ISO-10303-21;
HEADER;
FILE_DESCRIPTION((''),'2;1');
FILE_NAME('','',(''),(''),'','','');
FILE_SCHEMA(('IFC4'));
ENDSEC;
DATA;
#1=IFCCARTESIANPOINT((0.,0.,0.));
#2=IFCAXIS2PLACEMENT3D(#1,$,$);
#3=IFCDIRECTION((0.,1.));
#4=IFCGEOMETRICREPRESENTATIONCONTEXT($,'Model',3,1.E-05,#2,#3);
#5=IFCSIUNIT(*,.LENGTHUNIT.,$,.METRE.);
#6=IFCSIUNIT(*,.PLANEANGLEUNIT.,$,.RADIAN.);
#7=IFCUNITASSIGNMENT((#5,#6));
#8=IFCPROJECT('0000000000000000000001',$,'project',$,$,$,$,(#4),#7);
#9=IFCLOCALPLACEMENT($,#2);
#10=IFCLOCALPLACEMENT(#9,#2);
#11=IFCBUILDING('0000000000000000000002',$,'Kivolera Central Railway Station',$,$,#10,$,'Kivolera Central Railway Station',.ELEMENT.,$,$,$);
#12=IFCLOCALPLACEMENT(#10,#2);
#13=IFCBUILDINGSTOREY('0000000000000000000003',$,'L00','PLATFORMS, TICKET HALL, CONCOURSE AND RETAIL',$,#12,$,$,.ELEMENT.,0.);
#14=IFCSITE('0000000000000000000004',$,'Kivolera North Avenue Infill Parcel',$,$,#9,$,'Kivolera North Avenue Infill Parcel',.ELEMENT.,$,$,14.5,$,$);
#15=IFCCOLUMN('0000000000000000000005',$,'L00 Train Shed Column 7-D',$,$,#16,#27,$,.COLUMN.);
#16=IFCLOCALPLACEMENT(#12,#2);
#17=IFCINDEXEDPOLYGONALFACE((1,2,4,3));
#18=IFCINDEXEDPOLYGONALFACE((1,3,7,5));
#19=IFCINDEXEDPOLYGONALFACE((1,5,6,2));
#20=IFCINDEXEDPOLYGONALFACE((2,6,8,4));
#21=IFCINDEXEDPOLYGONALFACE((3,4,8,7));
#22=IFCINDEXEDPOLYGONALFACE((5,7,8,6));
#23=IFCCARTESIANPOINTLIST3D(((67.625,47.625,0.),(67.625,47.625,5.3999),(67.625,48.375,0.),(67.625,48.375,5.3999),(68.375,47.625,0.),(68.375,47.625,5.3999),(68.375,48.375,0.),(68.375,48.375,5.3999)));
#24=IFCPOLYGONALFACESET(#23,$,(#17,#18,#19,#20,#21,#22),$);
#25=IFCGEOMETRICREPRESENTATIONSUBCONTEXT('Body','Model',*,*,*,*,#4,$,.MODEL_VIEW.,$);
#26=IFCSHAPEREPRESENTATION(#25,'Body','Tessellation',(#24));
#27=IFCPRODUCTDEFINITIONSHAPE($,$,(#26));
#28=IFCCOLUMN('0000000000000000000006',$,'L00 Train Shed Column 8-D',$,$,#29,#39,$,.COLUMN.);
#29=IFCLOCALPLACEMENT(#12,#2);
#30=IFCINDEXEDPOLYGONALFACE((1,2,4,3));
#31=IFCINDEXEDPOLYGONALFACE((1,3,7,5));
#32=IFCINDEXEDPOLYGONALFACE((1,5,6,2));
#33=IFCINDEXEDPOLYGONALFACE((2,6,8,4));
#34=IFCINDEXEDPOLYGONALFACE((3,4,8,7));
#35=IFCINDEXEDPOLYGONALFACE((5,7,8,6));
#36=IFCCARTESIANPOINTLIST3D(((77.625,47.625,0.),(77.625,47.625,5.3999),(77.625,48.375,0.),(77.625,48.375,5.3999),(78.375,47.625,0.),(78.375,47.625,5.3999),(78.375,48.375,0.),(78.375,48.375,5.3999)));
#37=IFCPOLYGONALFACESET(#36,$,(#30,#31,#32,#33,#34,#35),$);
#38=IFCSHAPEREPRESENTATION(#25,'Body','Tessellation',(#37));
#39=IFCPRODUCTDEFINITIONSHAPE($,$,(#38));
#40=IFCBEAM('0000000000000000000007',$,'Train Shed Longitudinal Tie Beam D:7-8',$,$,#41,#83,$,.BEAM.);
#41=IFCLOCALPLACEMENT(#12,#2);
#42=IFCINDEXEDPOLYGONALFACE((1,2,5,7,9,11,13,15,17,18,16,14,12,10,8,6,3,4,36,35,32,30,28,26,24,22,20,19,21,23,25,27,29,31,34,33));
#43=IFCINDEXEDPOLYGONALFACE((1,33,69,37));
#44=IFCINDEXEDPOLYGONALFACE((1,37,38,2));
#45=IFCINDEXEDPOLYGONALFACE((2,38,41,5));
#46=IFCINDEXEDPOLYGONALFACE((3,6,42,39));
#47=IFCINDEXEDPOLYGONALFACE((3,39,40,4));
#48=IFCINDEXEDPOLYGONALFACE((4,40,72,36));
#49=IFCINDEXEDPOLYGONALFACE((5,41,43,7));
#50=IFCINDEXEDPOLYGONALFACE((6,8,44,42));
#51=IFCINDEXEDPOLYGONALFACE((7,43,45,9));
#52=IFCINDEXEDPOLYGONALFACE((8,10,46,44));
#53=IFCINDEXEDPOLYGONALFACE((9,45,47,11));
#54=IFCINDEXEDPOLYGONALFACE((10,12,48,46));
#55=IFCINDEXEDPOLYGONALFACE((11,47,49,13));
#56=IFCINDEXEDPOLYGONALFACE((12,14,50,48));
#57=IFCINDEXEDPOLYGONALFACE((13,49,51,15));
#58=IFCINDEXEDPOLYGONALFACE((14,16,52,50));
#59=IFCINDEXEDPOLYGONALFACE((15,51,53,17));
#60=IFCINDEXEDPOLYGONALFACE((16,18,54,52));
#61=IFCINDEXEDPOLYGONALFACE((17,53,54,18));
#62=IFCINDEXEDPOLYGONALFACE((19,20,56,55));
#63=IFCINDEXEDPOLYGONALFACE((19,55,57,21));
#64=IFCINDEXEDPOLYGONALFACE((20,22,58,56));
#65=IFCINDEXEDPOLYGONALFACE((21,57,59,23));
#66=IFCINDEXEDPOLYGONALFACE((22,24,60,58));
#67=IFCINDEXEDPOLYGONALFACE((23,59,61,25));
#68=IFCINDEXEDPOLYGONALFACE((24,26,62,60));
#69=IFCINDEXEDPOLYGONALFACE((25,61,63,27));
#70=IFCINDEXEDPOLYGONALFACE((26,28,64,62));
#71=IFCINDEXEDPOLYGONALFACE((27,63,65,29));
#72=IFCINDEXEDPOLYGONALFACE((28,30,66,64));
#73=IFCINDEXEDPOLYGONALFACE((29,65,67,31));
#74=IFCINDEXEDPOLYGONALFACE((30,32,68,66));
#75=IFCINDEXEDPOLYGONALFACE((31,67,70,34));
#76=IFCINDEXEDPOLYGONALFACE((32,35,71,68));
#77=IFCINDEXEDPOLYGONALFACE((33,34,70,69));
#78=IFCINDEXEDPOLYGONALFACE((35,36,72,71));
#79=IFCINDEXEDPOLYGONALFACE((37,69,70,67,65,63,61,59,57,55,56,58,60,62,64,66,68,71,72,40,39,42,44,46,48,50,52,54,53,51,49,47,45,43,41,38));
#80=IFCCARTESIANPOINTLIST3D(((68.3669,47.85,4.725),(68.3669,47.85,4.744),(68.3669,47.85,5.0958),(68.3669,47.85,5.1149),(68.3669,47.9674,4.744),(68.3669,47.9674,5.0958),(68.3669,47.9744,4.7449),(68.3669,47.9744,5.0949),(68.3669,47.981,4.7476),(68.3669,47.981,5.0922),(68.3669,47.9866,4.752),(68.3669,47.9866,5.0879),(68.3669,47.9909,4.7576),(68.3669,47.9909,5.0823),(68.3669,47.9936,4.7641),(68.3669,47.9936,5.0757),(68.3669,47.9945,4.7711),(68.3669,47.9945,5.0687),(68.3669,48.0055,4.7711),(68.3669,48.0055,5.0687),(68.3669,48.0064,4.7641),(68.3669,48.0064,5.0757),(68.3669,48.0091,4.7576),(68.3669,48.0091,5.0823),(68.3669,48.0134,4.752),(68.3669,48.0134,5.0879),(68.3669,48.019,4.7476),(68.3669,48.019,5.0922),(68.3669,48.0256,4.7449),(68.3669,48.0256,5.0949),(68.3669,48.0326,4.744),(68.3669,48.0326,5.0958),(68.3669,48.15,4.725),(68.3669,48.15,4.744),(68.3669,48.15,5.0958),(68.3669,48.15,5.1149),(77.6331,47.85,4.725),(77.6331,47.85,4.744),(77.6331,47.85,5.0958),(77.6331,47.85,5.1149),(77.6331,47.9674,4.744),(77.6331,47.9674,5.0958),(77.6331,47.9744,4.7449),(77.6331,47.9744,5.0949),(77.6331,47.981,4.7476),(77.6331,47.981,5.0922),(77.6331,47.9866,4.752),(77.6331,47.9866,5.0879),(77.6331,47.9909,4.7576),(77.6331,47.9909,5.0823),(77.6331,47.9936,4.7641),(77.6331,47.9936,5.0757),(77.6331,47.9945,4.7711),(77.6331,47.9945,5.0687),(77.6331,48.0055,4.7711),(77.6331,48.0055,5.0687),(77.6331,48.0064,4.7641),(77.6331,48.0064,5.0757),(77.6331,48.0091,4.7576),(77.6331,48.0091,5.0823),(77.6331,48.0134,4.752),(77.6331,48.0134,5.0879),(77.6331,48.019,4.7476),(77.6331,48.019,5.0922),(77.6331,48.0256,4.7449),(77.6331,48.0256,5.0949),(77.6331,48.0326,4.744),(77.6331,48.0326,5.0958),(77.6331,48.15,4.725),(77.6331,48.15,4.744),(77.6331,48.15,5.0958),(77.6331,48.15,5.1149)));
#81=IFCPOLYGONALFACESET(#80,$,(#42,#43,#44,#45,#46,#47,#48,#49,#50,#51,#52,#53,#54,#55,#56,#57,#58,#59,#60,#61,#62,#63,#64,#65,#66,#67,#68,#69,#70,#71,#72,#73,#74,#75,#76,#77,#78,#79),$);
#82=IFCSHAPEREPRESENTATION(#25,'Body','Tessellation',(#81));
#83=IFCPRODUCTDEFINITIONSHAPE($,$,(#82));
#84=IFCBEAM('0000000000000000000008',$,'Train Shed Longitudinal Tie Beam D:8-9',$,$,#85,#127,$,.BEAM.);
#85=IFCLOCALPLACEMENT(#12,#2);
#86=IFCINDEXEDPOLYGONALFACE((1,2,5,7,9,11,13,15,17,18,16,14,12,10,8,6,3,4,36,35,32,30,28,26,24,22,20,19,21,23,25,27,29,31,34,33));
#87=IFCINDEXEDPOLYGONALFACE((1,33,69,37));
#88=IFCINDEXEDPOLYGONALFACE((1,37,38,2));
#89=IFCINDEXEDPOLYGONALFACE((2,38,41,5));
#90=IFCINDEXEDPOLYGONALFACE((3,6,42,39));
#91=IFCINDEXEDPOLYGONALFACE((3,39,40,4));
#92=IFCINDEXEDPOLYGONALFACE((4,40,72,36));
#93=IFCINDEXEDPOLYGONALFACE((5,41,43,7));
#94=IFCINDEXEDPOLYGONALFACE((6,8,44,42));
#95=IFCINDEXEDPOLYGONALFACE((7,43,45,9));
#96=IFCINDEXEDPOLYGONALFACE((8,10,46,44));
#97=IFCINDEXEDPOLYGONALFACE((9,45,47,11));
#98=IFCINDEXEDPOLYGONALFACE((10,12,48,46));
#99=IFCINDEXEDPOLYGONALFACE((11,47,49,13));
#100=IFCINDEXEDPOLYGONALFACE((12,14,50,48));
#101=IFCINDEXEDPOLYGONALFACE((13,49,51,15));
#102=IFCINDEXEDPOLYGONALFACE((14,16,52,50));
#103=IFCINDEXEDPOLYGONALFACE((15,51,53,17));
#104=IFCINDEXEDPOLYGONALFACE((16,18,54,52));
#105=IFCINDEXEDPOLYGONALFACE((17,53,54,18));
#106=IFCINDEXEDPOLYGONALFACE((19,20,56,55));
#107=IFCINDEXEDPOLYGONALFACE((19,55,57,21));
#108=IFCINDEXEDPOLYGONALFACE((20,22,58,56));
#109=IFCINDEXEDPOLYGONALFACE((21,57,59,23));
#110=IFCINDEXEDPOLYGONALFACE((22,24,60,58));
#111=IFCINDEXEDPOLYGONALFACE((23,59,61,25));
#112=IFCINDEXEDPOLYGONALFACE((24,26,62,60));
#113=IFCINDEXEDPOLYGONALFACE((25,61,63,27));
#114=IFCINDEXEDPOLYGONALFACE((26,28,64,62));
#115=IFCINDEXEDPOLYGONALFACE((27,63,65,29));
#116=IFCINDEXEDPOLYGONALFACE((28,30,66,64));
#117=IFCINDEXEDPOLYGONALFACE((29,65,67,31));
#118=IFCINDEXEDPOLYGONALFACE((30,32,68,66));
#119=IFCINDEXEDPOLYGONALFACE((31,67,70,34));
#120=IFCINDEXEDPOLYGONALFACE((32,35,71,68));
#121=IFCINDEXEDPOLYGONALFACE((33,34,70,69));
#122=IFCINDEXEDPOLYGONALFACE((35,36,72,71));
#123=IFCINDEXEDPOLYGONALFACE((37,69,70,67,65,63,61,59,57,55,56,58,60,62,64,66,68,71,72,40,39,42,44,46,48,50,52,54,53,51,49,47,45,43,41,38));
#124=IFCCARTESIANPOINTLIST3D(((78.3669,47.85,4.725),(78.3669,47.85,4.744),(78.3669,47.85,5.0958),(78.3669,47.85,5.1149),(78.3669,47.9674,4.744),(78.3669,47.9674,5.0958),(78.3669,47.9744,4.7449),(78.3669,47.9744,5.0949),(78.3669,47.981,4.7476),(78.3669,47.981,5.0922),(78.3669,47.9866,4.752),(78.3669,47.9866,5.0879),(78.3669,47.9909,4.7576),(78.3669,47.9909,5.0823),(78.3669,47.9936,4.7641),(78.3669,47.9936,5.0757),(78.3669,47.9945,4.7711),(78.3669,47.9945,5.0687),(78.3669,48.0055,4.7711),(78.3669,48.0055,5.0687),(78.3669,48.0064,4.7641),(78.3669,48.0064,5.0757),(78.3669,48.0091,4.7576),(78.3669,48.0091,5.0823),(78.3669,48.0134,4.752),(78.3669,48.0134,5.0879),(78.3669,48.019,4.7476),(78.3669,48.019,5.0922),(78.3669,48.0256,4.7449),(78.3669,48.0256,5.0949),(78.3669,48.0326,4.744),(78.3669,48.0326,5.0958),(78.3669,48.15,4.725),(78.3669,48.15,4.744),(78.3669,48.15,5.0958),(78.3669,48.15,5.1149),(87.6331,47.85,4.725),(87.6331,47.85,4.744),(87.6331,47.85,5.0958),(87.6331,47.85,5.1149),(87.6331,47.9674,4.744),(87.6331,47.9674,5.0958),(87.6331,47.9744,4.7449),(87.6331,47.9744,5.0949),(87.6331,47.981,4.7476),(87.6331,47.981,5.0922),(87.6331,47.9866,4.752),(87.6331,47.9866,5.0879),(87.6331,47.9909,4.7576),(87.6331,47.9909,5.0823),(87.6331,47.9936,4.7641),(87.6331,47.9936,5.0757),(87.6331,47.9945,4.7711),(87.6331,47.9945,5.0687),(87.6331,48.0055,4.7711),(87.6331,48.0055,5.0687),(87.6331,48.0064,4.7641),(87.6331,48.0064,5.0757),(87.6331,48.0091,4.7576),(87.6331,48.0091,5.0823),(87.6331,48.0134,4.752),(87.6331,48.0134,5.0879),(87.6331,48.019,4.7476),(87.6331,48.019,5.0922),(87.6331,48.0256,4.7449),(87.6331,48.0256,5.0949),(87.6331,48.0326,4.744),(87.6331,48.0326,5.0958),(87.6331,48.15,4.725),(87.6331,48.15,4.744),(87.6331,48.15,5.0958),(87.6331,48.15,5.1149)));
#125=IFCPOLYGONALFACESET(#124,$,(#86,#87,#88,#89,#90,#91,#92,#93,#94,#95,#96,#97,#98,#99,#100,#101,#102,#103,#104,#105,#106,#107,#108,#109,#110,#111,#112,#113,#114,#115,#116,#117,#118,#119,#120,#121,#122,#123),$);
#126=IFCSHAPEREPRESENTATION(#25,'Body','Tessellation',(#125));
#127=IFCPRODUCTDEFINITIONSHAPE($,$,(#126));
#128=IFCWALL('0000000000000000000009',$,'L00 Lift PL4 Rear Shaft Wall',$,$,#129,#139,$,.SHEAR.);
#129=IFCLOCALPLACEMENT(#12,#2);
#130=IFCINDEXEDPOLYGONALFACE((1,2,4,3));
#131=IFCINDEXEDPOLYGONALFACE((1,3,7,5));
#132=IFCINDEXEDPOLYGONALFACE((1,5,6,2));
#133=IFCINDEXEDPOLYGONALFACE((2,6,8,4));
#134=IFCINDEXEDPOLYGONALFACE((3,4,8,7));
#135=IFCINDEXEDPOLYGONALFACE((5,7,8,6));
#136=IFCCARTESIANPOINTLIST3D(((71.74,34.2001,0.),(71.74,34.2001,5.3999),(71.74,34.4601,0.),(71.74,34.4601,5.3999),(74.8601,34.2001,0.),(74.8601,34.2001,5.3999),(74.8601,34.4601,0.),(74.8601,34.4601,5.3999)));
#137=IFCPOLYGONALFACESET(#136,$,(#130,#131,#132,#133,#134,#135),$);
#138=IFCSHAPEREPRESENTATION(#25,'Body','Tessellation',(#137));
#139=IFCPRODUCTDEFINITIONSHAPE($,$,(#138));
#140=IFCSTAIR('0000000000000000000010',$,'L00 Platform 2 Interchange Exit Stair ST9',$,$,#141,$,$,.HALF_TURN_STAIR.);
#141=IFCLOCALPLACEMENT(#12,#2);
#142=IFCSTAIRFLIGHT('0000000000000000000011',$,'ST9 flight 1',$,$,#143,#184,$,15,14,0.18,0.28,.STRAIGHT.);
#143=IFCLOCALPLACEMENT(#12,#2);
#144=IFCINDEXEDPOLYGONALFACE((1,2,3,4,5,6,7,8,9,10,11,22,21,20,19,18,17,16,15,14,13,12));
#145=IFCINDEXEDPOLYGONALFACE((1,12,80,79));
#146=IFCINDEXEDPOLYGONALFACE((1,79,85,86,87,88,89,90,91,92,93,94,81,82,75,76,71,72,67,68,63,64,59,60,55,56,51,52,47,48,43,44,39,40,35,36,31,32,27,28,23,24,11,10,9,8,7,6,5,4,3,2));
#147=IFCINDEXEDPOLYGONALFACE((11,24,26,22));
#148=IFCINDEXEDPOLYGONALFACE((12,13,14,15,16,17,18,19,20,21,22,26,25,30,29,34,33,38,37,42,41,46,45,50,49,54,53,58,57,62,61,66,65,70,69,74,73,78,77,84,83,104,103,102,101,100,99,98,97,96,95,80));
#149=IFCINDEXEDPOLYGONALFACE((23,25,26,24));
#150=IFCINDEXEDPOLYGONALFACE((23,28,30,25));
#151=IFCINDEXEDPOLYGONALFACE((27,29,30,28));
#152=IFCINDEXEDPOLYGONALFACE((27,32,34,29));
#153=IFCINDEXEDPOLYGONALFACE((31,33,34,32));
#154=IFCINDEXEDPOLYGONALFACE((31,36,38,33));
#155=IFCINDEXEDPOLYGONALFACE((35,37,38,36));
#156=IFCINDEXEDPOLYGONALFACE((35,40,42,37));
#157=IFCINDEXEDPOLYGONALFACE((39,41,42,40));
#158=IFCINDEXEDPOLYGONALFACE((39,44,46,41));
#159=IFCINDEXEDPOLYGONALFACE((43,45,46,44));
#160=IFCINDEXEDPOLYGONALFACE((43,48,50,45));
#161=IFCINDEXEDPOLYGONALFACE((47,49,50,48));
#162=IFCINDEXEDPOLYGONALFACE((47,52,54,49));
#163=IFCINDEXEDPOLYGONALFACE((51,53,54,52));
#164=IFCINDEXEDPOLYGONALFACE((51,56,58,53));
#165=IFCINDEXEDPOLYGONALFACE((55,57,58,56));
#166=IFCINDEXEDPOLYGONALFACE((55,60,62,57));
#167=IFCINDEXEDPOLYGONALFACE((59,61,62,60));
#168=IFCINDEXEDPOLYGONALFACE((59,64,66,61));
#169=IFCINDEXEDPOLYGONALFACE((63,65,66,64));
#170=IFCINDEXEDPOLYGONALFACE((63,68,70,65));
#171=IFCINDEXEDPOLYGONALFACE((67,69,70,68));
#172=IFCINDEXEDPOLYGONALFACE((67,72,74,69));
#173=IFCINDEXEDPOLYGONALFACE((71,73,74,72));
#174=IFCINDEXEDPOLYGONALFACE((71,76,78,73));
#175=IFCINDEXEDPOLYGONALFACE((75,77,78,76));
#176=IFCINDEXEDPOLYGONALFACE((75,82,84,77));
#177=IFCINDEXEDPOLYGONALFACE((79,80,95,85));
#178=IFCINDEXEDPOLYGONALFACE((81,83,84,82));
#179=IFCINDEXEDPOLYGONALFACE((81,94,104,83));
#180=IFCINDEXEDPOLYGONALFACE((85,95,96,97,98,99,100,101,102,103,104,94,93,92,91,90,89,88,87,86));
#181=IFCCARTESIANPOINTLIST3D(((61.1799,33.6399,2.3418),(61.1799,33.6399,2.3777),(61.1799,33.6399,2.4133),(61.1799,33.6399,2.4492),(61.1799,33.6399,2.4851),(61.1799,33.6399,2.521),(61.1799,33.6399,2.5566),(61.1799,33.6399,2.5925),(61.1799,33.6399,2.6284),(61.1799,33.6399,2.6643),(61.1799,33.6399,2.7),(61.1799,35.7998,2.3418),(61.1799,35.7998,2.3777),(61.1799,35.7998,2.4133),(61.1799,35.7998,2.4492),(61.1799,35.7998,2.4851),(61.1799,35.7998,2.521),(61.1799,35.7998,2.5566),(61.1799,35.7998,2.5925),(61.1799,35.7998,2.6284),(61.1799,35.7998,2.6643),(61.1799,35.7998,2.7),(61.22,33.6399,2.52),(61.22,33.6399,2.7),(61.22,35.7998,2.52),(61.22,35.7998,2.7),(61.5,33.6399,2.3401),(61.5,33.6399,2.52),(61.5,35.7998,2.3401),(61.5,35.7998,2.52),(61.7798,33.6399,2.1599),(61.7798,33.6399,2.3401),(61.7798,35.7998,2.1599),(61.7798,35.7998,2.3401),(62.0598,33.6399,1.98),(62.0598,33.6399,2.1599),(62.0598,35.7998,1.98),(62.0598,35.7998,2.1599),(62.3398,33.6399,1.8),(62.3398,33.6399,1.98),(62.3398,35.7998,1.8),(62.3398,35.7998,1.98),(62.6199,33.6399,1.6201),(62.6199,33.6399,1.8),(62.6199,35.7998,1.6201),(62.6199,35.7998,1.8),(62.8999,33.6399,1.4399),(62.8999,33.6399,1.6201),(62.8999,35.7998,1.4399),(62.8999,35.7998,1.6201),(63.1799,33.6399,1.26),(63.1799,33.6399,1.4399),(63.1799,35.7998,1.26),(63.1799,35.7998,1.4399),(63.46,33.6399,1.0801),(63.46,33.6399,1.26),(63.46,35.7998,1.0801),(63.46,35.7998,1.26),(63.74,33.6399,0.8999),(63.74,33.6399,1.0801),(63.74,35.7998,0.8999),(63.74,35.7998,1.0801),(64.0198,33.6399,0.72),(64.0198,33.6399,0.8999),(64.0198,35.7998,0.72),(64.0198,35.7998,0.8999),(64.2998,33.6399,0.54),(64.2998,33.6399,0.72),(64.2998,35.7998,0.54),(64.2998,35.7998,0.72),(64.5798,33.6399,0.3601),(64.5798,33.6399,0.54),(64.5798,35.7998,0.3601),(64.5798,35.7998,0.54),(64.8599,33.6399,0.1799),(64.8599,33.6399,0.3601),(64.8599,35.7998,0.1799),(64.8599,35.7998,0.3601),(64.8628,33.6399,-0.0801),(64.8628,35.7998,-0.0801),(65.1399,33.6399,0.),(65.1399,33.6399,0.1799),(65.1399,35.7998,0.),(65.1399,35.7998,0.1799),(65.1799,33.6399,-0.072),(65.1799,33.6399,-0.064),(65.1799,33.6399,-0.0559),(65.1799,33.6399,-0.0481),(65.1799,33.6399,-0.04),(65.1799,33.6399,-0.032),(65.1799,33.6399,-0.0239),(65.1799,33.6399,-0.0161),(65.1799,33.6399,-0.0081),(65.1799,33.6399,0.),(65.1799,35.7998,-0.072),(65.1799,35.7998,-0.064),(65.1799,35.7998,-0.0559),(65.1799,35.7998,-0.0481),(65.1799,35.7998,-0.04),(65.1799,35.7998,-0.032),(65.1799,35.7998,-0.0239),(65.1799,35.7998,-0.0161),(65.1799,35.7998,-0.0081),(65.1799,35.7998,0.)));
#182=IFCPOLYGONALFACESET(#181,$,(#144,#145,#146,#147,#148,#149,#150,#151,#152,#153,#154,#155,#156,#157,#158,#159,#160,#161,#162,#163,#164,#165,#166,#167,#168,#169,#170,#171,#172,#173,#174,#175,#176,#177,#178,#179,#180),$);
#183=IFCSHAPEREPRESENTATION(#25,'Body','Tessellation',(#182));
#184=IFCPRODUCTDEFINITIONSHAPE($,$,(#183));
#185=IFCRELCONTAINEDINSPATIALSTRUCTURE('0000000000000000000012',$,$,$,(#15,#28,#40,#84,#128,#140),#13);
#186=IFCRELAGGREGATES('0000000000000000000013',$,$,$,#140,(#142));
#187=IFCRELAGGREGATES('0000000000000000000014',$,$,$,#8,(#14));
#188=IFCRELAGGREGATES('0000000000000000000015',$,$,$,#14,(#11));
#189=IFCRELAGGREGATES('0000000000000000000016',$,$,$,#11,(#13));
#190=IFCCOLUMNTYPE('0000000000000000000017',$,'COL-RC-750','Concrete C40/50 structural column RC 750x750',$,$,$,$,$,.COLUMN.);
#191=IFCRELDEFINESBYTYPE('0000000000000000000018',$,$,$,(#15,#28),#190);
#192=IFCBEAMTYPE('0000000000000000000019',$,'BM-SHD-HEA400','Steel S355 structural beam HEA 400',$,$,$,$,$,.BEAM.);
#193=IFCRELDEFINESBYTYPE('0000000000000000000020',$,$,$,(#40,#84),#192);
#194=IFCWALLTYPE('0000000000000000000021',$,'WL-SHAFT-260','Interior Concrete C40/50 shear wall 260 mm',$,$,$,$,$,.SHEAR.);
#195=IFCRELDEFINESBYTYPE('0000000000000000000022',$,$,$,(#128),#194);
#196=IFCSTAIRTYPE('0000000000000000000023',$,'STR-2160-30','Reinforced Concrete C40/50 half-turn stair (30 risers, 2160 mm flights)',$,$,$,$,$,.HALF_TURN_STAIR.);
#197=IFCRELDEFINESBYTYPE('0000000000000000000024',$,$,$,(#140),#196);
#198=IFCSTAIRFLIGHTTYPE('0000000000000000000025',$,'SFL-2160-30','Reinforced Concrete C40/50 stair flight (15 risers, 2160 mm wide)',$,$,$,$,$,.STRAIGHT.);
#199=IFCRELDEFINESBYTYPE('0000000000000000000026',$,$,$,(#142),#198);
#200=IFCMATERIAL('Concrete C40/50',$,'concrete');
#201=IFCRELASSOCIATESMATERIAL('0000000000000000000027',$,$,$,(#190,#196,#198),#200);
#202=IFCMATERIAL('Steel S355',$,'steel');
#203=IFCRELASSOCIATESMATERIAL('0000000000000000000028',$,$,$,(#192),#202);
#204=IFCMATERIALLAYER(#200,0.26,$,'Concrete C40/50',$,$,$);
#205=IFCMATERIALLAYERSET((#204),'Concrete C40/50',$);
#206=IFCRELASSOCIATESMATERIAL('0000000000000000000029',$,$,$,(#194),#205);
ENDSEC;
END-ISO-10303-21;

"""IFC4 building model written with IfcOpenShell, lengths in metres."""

from ifc_helpers import new_model, si_unit, direction, frame, frame_2d, origin, origin_2d, place, context, subcontext, project, spatial, polyline, rectangle, i_section, outline, extrude, material, layer, layer_set, material_profile, profile_set, type_object, element, aggregate, save


model = new_model("IFC4")

# Units and contexts
model_context = context("Model", 3, precision=1e-05, world=origin(), true_north=direction((0.0, 1.0)))
body_context = subcontext(model_context, "Body", "Model", "MODEL_VIEW")
ifc_project = project(units=[si_unit("LENGTHUNIT", "METRE"), si_unit("PLANEANGLEUNIT", "RADIAN")], contexts=[model_context])

# Site, building, storey
site_placement = place(None, origin())
site = spatial("IfcSite", under=ifc_project, at=site_placement, Name="Kivolera North Avenue Infill Parcel", LongName="Kivolera North Avenue Infill Parcel", CompositionType="ELEMENT", RefElevation=14.5)
building_placement = place(site_placement, origin())
building = spatial("IfcBuilding", under=site, at=building_placement, Name="Kivolera Central Railway Station", LongName="Kivolera Central Railway Station", CompositionType="ELEMENT")
storey_placement = place(building_placement, origin())
storey = spatial("IfcBuildingStorey", under=building, at=storey_placement, Name="L00", Description="PLATFORMS, TICKET HALL, CONCOURSE AND RETAIL", CompositionType="ELEMENT", Elevation=0.0)

# Columns
ifc_material_1 = material(Name="Concrete C40/50", Category="concrete")
ifc_material_profile_1 = material_profile(ifc_material_1, rectangle(XDim=0.75, YDim=0.75, at=origin_2d()), Name="RC 750x750")
ifc_profile_set_1 = profile_set([ifc_material_profile_1], Name="Concrete C40/50")
column_type = type_object("IfcColumnType", Name="COL-RC-750", Description="Concrete C40/50 structural column RC 750x750", PredefinedType="COLUMN", material=ifc_profile_set_1)
for number, where, z_axis, x_axis, name in (
    (1, (68.0, 48.0, 0.0), (0.0, 0.0, 1.0), (1.0, 0.0, 0.0), "L00 Train Shed Column 7-D"),
    (2, (78.0, 48.0, 0.0), (0.0, 0.0, 1.0), (1.0, 0.0, 0.0), "L00 Train Shed Column 8-D"),
):
    element("IfcColumn", number, at=place(storey_placement, frame(where, z_axis=z_axis, x_axis=x_axis)), inside=storey, type_object=column_type, Name=name, PredefinedType="COLUMN", context=body_context, shape_type="SweptSolid", body=[
        extrude(rectangle(XDim=0.75, YDim=0.75, at=origin_2d()), origin(), (0.0, 0.0, 1.0), 5.3999),
    ])

# Beams
ifc_material_2 = material(Name="Steel S355", Category="steel")
ifc_material_profile_2 = material_profile(ifc_material_2, i_section(OverallWidth=0.3, OverallDepth=0.3899, WebThickness=0.011, FlangeThickness=0.019, FilletRadius=0.0271, at=origin_2d()), Name="HEA 400")
ifc_profile_set_2 = profile_set([ifc_material_profile_2], Name="Steel S355")
beam_type = type_object("IfcBeamType", Name="BM-SHD-HEA400", Description="Steel S355 structural beam HEA 400", PredefinedType="BEAM", material=ifc_profile_set_2)
for number, where, z_axis, x_axis, name in (
    (3, (68.3669, 48.0, 4.9199), (1.0, 0.0, 0.0), (0.0, 1.0, 0.0), "Train Shed Longitudinal Tie Beam D:7-8"),
    (4, (78.3669, 48.0, 4.9199), (1.0, 0.0, 0.0), (0.0, 1.0, 0.0), "Train Shed Longitudinal Tie Beam D:8-9"),
):
    element("IfcBeam", number, at=place(storey_placement, frame(where, z_axis=z_axis, x_axis=x_axis)), inside=storey, type_object=beam_type, Name=name, PredefinedType="BEAM", context=body_context, shape_type="SweptSolid", body=[
        extrude(i_section(OverallWidth=0.3, OverallDepth=0.3899, WebThickness=0.011, FlangeThickness=0.019, FilletRadius=0.0271, at=origin_2d()), origin(), (0.0, 0.0, 1.0), 9.2661),
    ])

# Wall
ifc_layer_1 = layer(ifc_material_1, 0.26, Name="Concrete C40/50")
ifc_layer_set_1 = layer_set([ifc_layer_1], Name="Concrete C40/50")
wall_type_1 = type_object("IfcWallType", Name="WL-SHAFT-260", Description="Interior Concrete C40/50 shear wall 260 mm", PredefinedType="SHEAR", material=ifc_layer_set_1)
wall_1_placement = place(storey_placement, frame((71.74, 34.3301, 0.0), z_axis=(0.0, 0.0, 1.0), x_axis=(1.0, 0.0, 0.0)))
element("IfcWall", 5, at=wall_1_placement, inside=storey, type_object=wall_type_1, Name="L00 Lift PL4 Rear Shaft Wall", PredefinedType="SHEAR", context=body_context, shape_type="SweptSolid", body=[
    extrude(rectangle(XDim=3.1201, YDim=0.26, at=frame_2d((1.5601, 0.0))), origin(), (0.0, 0.0, 1.0), 5.3999),
])

# Stair, stair flight
stair_type = type_object("IfcStairType", Name="STR-2160-30", Description="Reinforced Concrete C40/50 half-turn stair (30 risers, 2160 mm flights)", PredefinedType="HALF_TURN_STAIR", material=ifc_material_1)
stair_placement = place(storey_placement, origin())
stair = element("IfcStair", 6, at=stair_placement, inside=storey, type_object=stair_type, Name="L00 Platform 2 Interchange Exit Stair ST9", PredefinedType="HALF_TURN_STAIR")
stair_flight_type = type_object("IfcStairFlightType", Name="SFL-2160-30", Description="Reinforced Concrete C40/50 stair flight (15 risers, 2160 mm wide)", PredefinedType="STRAIGHT", material=ifc_material_1)
stair_flight_placement = place(storey_placement, frame((65.1399, 34.72, 0.0), z_axis=(0.0, 0.0, 1.0), x_axis=(-1.0, 0.0, 0.0)))
stair_flight = element("IfcStairFlight", 7, at=stair_flight_placement, type_object=stair_flight_type, Name="ST9 flight 1", NumberOfRisers=15, NumberOfTreads=14, PredefinedType="STRAIGHT", RiserHeight=0.18, TreadLength=0.28, context=body_context, shape_type="SweptSolid", body=[
    extrude(outline(polyline([(-0.04, 0.0), (0.0, 0.0), (0.0, 0.1799), (0.28, 0.1799), (0.28, 0.3601), (0.5601, 0.3601), (0.5601, 0.54), (0.8401, 0.54), (0.8401, 0.72), (1.1201, 0.72), (1.1201, 0.8999), (1.3999, 0.8999), (1.3999, 1.0801), (1.6799, 1.0801), (1.6799, 1.26), (1.96, 1.26), (1.96, 1.4399), (2.24, 1.4399), (2.24, 1.6201), (2.52, 1.6201), (2.52, 1.8), (2.8, 1.8), (2.8, 1.98), (3.0801, 1.98), (3.0801, 2.1599), (3.3601, 2.1599), (3.3601, 2.3401), (3.6399, 2.3401), (3.6399, 2.52), (3.9199, 2.52), (3.9199, 2.7), (3.96, 2.7), (3.96, 2.6643), (3.96, 2.6284), (3.96, 2.5925), (3.96, 2.5566), (3.96, 2.521), (3.96, 2.4851), (3.96, 2.4492), (3.96, 2.4133), (3.96, 2.3777), (3.96, 2.3418), (0.2771, -0.0801), (-0.04, -0.072), (-0.04, -0.064), (-0.04, -0.0559), (-0.04, -0.0481), (-0.04, -0.04), (-0.04, -0.032), (-0.04, -0.0239), (-0.04, -0.0161), (-0.04, -0.0081), (-0.04, 0.0)])), frame((0.0, 1.0801, 0.0), z_axis=(0.0, -1.0, 0.0), x_axis=(1.0, 0.0, 0.0)), (0.0, 0.0, 1.0), 2.1599),
])
aggregate(stair, [stair_flight])

save(model, "model.ifc")
